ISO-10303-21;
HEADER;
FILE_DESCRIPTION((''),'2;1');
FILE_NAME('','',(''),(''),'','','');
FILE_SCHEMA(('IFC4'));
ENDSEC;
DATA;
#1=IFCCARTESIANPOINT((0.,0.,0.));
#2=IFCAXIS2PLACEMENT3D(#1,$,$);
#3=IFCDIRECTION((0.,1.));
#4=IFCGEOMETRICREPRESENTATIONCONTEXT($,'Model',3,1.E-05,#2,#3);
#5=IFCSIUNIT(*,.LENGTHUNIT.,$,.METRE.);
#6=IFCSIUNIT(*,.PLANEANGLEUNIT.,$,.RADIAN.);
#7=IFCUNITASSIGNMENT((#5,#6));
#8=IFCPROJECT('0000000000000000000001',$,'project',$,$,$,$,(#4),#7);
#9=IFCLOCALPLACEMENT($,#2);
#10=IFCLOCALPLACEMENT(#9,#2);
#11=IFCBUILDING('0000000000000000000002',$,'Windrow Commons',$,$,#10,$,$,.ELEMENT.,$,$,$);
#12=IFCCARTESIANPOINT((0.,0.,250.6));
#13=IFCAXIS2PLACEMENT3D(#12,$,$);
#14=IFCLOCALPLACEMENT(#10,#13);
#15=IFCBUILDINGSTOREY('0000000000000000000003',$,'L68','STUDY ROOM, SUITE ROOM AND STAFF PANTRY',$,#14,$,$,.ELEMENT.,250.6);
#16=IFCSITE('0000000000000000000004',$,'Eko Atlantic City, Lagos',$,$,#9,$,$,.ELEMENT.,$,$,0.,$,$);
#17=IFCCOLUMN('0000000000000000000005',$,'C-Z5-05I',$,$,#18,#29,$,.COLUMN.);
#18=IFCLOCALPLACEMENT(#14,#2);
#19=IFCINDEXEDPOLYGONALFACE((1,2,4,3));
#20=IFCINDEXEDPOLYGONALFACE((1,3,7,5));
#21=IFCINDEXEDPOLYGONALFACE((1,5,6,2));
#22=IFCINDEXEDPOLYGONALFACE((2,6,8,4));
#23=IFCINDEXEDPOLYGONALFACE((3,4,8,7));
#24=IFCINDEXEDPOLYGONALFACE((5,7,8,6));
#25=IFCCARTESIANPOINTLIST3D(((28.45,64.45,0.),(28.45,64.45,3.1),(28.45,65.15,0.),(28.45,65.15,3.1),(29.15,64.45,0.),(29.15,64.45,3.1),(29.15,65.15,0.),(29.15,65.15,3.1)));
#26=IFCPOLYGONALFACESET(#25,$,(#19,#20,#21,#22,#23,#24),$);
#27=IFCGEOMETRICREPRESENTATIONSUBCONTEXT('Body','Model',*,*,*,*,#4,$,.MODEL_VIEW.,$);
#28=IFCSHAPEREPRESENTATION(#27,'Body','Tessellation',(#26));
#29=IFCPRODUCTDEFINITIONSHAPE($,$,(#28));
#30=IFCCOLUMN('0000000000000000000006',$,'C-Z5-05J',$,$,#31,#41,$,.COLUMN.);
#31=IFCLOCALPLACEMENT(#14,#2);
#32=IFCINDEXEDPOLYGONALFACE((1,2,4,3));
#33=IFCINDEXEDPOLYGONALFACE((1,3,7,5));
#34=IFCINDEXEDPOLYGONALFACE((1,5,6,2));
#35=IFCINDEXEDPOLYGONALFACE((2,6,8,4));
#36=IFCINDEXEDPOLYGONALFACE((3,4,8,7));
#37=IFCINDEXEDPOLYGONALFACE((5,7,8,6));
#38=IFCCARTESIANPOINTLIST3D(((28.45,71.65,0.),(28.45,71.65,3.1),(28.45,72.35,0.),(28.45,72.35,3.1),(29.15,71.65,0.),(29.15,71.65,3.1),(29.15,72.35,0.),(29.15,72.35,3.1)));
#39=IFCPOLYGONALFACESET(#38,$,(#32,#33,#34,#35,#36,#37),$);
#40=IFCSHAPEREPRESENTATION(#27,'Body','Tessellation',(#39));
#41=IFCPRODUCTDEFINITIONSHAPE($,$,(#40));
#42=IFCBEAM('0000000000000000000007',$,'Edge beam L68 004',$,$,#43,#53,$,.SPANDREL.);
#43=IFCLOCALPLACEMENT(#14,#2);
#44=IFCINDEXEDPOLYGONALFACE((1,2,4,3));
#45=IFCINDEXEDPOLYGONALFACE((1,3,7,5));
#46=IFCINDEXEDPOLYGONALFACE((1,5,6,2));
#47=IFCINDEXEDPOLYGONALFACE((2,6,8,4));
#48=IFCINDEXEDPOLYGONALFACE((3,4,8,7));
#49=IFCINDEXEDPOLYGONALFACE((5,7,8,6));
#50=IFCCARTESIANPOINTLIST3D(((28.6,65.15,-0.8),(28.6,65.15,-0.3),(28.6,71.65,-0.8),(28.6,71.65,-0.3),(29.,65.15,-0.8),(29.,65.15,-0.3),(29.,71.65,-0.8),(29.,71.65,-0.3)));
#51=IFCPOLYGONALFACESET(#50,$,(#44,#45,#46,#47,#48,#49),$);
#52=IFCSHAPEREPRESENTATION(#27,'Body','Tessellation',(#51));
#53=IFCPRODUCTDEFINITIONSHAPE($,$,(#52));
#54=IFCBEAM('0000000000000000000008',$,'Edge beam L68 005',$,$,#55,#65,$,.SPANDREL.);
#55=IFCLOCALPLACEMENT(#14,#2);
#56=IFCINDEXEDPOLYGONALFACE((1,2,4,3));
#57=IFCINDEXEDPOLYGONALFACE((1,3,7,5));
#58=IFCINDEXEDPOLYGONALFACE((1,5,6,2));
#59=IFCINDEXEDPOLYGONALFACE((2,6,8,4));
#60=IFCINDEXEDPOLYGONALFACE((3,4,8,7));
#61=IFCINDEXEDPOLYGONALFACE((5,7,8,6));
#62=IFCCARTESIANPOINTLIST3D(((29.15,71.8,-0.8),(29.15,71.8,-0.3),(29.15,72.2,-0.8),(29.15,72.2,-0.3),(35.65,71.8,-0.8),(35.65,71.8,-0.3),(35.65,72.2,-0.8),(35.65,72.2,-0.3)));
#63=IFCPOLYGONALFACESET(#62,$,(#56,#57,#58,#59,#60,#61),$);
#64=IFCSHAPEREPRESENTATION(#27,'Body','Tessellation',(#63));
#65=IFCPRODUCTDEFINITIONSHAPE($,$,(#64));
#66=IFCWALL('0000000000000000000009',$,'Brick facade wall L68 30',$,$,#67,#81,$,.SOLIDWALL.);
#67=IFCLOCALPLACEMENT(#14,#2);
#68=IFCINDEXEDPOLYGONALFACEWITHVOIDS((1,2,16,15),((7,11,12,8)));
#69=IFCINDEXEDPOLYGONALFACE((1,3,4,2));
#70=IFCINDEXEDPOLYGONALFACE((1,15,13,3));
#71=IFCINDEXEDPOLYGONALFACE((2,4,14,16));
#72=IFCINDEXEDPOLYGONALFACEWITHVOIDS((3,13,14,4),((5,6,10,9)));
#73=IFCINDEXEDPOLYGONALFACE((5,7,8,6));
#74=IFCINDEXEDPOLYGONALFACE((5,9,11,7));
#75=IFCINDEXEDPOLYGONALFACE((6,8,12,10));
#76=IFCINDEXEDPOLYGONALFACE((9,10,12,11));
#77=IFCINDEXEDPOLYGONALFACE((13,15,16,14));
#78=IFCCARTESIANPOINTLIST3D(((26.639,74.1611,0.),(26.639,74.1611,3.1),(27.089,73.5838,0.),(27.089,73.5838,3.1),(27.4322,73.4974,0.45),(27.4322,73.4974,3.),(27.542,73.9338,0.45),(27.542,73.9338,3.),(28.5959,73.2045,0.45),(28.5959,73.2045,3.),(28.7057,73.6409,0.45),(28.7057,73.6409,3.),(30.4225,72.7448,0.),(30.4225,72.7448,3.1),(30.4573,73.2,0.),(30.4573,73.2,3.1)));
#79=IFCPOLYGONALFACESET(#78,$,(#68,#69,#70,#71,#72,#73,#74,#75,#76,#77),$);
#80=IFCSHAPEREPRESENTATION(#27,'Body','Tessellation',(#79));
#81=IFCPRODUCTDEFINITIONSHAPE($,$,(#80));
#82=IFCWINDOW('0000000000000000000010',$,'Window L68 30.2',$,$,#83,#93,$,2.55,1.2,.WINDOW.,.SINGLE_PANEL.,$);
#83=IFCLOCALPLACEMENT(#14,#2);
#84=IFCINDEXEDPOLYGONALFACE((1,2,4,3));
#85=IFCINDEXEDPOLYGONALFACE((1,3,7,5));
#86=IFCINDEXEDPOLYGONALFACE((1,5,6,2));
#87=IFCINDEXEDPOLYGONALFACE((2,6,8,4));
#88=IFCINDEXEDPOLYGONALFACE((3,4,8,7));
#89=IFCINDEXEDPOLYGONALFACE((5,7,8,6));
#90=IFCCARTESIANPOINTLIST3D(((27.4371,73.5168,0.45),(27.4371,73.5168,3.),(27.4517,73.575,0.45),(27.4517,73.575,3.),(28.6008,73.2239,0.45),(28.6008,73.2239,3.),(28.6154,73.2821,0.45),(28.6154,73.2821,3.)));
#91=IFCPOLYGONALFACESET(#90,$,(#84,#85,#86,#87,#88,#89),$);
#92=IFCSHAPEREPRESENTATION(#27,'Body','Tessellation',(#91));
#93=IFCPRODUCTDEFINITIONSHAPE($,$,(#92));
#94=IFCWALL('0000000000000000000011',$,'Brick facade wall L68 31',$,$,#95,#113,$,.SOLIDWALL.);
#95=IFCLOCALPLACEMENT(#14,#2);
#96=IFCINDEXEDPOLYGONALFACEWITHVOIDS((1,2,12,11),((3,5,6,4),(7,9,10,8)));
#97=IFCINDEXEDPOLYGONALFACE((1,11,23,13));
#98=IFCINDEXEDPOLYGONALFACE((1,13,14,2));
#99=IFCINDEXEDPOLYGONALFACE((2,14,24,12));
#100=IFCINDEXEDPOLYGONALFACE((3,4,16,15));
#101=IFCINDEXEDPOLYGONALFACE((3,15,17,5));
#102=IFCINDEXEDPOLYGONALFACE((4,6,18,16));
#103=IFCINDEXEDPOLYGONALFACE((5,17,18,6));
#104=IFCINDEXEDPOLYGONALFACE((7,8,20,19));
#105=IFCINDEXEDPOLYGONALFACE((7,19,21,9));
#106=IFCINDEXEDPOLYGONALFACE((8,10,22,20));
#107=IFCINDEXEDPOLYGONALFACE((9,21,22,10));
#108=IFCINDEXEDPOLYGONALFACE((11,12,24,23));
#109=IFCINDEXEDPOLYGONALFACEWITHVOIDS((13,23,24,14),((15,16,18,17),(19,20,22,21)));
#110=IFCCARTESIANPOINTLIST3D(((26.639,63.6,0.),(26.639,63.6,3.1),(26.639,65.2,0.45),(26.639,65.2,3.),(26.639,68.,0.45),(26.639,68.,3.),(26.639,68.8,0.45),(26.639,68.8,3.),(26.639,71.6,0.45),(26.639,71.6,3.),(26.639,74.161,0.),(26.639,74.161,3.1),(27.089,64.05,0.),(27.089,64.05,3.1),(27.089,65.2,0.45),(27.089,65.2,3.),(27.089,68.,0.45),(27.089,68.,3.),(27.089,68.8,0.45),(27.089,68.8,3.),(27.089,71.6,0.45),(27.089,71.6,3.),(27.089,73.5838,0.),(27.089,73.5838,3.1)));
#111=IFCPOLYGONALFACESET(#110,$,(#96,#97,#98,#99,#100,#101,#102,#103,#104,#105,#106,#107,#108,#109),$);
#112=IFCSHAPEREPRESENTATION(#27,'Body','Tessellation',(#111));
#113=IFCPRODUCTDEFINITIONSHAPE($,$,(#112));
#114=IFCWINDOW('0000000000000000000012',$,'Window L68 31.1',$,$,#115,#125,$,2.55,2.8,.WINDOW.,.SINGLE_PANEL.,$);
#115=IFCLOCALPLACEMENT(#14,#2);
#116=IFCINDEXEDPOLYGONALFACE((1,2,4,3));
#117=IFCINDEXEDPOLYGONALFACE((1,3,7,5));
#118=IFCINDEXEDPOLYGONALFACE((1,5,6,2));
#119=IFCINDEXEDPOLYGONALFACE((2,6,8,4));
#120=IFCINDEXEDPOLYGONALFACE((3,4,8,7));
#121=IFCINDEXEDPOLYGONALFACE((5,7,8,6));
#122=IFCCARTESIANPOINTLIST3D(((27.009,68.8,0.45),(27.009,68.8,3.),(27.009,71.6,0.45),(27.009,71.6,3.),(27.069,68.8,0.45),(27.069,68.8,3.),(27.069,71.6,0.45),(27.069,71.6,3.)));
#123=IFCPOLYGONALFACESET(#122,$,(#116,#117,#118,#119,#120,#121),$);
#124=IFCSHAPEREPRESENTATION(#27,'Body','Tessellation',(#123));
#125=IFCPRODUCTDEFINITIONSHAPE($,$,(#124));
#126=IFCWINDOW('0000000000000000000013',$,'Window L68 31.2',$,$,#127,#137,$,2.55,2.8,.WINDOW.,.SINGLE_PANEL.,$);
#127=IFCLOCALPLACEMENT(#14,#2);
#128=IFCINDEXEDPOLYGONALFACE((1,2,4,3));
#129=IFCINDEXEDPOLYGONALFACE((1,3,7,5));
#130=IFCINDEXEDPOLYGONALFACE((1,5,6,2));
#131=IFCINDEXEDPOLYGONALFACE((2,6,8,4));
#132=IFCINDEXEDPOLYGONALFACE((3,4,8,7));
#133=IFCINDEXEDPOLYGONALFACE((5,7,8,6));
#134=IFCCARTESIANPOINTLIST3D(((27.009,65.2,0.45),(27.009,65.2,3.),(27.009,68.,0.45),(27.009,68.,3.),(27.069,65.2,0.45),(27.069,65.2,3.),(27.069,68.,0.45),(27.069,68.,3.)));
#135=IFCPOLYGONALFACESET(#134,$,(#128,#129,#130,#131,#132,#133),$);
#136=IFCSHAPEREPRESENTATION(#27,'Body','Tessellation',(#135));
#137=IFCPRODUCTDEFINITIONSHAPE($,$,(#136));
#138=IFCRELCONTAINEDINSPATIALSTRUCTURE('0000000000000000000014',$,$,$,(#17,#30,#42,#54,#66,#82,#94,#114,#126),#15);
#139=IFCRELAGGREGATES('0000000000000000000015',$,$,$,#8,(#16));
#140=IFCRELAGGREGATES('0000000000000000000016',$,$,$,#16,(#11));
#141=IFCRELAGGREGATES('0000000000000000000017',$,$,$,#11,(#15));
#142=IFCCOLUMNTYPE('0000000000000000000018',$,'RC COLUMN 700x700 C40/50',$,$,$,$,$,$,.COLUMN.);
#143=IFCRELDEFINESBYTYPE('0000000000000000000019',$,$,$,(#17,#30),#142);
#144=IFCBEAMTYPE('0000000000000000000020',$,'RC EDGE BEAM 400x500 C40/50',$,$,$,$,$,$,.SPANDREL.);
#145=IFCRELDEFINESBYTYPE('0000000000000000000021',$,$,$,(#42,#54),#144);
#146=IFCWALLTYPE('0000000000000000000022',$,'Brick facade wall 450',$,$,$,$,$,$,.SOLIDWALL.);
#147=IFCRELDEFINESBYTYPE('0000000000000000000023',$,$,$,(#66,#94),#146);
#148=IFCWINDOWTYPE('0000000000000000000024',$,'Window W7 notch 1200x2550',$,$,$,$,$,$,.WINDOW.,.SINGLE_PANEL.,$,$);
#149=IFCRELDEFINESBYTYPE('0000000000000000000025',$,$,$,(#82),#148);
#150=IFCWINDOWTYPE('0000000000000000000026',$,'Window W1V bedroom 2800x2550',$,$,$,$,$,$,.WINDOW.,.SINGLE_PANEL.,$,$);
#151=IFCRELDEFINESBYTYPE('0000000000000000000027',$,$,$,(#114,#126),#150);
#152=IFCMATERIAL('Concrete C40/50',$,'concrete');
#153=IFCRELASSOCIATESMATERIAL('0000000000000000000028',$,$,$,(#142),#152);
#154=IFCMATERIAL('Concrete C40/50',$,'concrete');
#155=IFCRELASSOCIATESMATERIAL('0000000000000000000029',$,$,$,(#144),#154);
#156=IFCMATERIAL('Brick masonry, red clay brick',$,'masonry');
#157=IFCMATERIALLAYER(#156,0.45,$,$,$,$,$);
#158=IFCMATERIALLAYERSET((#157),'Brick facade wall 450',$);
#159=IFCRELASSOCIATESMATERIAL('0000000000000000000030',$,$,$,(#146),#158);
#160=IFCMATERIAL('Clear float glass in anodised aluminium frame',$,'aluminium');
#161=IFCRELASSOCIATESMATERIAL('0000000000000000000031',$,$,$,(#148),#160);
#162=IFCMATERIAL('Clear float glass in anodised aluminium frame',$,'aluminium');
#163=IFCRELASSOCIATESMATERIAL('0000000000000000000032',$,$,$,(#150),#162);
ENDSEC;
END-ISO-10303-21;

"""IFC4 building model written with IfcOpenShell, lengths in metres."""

from ifc_helpers import new_model, si_unit, direction, frame, frame_2d, origin, origin_2d, place, context, subcontext, project, spatial, polyline, rectangle, outline, extrude, material, layer, layer_set, material_profile, profile_set, type_object, element, fill, save


model = new_model("IFC4")

# Units and contexts
model_context = context("Model", 3, precision=1e-05, world=origin(), true_north=direction((0.0, 1.0)))
body_context = subcontext(model_context, "Body", "Model", "MODEL_VIEW")
ifc_project = project(units=[si_unit("LENGTHUNIT", "METRE"), si_unit("PLANEANGLEUNIT", "RADIAN")], contexts=[model_context])

# Site, building, storey
site_placement = place(None, origin())
site = spatial("IfcSite", under=ifc_project, at=site_placement, Name="Eko Atlantic City, Lagos", CompositionType="ELEMENT", RefElevation=0.0)
building_placement = place(site_placement, origin())
building = spatial("IfcBuilding", under=site, at=building_placement, Name="Windrow Commons", CompositionType="ELEMENT")
storey_placement = place(building_placement, frame((0.0, 0.0, 250.6)))
storey = spatial("IfcBuildingStorey", under=building, at=storey_placement, Name="L68", Description="STUDY ROOM, SUITE ROOM AND STAFF PANTRY", CompositionType="ELEMENT", Elevation=250.6)

# Columns
ifc_material_1 = material(Name="Concrete C40/50", Category="concrete")
ifc_material_profile_1 = material_profile(ifc_material_1, rectangle(XDim=0.7, YDim=0.7, at=origin_2d()))
ifc_profile_set_1 = profile_set([ifc_material_profile_1], Name="Concrete C40/50")
column_type = type_object("IfcColumnType", Name="RC COLUMN 700x700 C40/50", PredefinedType="COLUMN", material=ifc_profile_set_1)
for number, where, z_axis, x_axis, name in (
    (1, (28.8, 64.8, 0.0), (0.0, 0.0, 1.0), (1.0, 0.0, 0.0), "C-Z5-05I"),
    (2, (28.8, 72.0, 0.0), (0.0, 0.0, 1.0), (1.0, 0.0, 0.0), "C-Z5-05J"),
):
    element("IfcColumn", number, at=place(storey_placement, frame(where, z_axis=z_axis, x_axis=x_axis)), inside=storey, type_object=column_type, Name=name, PredefinedType="COLUMN", context=body_context, shape_type="SweptSolid", body=[
        extrude(rectangle(XDim=0.7, YDim=0.7, at=origin_2d()), origin(), (0.0, 0.0, 1.0), 3.1),
    ])

# Beams
ifc_material_2 = material(Name="Concrete C40/50", Category="concrete")
ifc_material_profile_2 = material_profile(ifc_material_2, rectangle(XDim=0.4, YDim=0.5, at=origin_2d()))
ifc_profile_set_2 = profile_set([ifc_material_profile_2], Name="Concrete C40/50")
beam_type = type_object("IfcBeamType", Name="RC EDGE BEAM 400x500 C40/50", PredefinedType="SPANDREL", material=ifc_profile_set_2)
for number, where, z_axis, x_axis, name in (
    (3, (28.8, 65.15, -0.55), (0.0, 1.0, 0.0), (-1.0, 0.0, 0.0), "Edge beam L68 004"),
    (4, (29.15, 72.0, -0.55), (1.0, 0.0, 0.0), (0.0, 1.0, 0.0), "Edge beam L68 005"),
):
    element("IfcBeam", number, at=place(storey_placement, frame(where, z_axis=z_axis, x_axis=x_axis)), inside=storey, type_object=beam_type, Name=name, PredefinedType="SPANDREL", context=body_context, shape_type="SweptSolid", body=[
        extrude(rectangle(XDim=0.4, YDim=0.5, at=origin_2d()), origin(), (0.0, 0.0, 1.0), 6.5),
    ])

# Wall, opening, window
ifc_material_3 = material(Name="Brick masonry, red clay brick", Category="masonry")
ifc_layer_1 = layer(ifc_material_3, 0.45)
ifc_layer_set_1 = layer_set([ifc_layer_1], Name="Brick facade wall 450")
wall_type_1 = type_object("IfcWallType", Name="Brick facade wall 450", PredefinedType="SOLIDWALL", material=ifc_layer_set_1)
wall_1_placement = place(storey_placement, frame((30.4399, 72.9724, 0.0), z_axis=(0.0, 0.0, 1.0), x_axis=(-0.969757, 0.244073, 0.0)))
wall_1 = element("IfcWall", 5, at=wall_1_placement, inside=storey, type_object=wall_type_1, Name="Brick facade wall L68 30", PredefinedType="SOLIDWALL", context=body_context, shape_type="SweptSolid", body=[
    extrude(outline(polyline([(0.0387, -0.225), (3.9761, -0.225), (3.3988, 0.225), (-0.0387, 0.225), (0.0387, -0.225)])), origin(), (0.0, 0.0, 1.0), 3.1),
])
opening_1_placement = place(wall_1_placement, frame((1.8449, 0.0, 0.45)))
opening_1 = element("IfcOpeningElement", 6, at=opening_1_placement, cuts=wall_1, PredefinedType="OPENING", context=body_context, shape_type="SweptSolid", body=[
    extrude(rectangle(XDim=1.2, YDim=2.55, at=frame_2d((0.6, 1.275))), frame((0.0, 0.235, 0.0), z_axis=(0.0, -1.0, 0.0), x_axis=(1.0, 0.0, 0.0)), (0.0, 0.0, 1.0), 0.47),
])
ifc_material_4 = material(Name="Clear float glass in anodised aluminium frame", Category="aluminium")
window_type_1 = type_object("IfcWindowType", Name="Window W7 notch 1200x2550", PartitioningType="SINGLE_PANEL", PredefinedType="WINDOW", material=ifc_material_4)
window_1_placement = place(opening_1_placement, origin())
window_1 = element("IfcWindow", 7, at=window_1_placement, inside=storey, type_object=window_type_1, Name="Window L68 30.2", OverallHeight=2.55, OverallWidth=1.2, PartitioningType="SINGLE_PANEL", PredefinedType="WINDOW", context=body_context, shape_type="SweptSolid", body=[
    extrude(rectangle(XDim=1.2, YDim=2.55, at=frame_2d((0.6, 1.275))), frame((0.0, 0.205, 0.0), z_axis=(0.0, -1.0, 0.0), x_axis=(1.0, 0.0, 0.0)), (0.0, 0.0, 1.0), 0.06),
])
fill(opening_1, window_1)

# Wall, openings, windows
wall_2_placement = place(storey_placement, frame((26.864, 73.8724, 0.0), z_axis=(0.0, 0.0, 1.0), x_axis=(0.0, -1.0, 0.0)))
wall_2 = element("IfcWall", 8, at=wall_2_placement, inside=storey, type_object=wall_type_1, Name="Brick facade wall L68 31", PredefinedType="SOLIDWALL", context=body_context, shape_type="SweptSolid", body=[
    extrude(outline(polyline([(-0.2886, -0.225), (10.2724, -0.225), (9.8224, 0.225), (0.2886, 0.225), (-0.2886, -0.225)])), origin(), (0.0, 0.0, 1.0), 3.1),
])
opening_2_placement = place(wall_2_placement, frame((2.2724, 0.0, 0.45)))
opening_2 = element("IfcOpeningElement", 9, at=opening_2_placement, cuts=wall_2, PredefinedType="OPENING", context=body_context, shape_type="SweptSolid", body=[
    extrude(rectangle(XDim=2.8, YDim=2.55, at=frame_2d((1.4, 1.275))), frame((0.0, 0.235, 0.0), z_axis=(0.0, -1.0, 0.0), x_axis=(1.0, 0.0, 0.0)), (0.0, 0.0, 1.0), 0.47),
])
opening_3_placement = place(wall_2_placement, frame((5.8724, 0.0, 0.45)))
opening_3 = element("IfcOpeningElement", 10, at=opening_3_placement, cuts=wall_2, PredefinedType="OPENING", context=body_context, shape_type="SweptSolid", body=[
    extrude(rectangle(XDim=2.8, YDim=2.55, at=frame_2d((1.4, 1.275))), frame((0.0, 0.235, 0.0), z_axis=(0.0, -1.0, 0.0), x_axis=(1.0, 0.0, 0.0)), (0.0, 0.0, 1.0), 0.47),
])
ifc_material_5 = material(Name="Clear float glass in anodised aluminium frame", Category="aluminium")
window_type_2 = type_object("IfcWindowType", Name="Window W1V bedroom 2800x2550", PartitioningType="SINGLE_PANEL", PredefinedType="WINDOW", material=ifc_material_5)
window_2_placement = place(opening_2_placement, origin())
window_2 = element("IfcWindow", 11, at=window_2_placement, inside=storey, type_object=window_type_2, Name="Window L68 31.1", OverallHeight=2.55, OverallWidth=2.8, PartitioningType="SINGLE_PANEL", PredefinedType="WINDOW", context=body_context, shape_type="SweptSolid", body=[
    extrude(rectangle(XDim=2.8, YDim=2.55, at=frame_2d((1.4, 1.275))), frame((0.0, 0.205, 0.0), z_axis=(0.0, -1.0, 0.0), x_axis=(1.0, 0.0, 0.0)), (0.0, 0.0, 1.0), 0.06),
])
fill(opening_2, window_2)
window_3_placement = place(opening_3_placement, origin())
window_3 = element("IfcWindow", 12, at=window_3_placement, inside=storey, type_object=window_type_2, Name="Window L68 31.2", OverallHeight=2.55, OverallWidth=2.8, PartitioningType="SINGLE_PANEL", PredefinedType="WINDOW", context=body_context, shape_type="SweptSolid", body=[
    extrude(rectangle(XDim=2.8, YDim=2.55, at=frame_2d((1.4, 1.275))), frame((0.0, 0.205, 0.0), z_axis=(0.0, -1.0, 0.0), x_axis=(1.0, 0.0, 0.0)), (0.0, 0.0, 1.0), 0.06),
])
fill(opening_3, window_3)

save(model, "model.ifc")
